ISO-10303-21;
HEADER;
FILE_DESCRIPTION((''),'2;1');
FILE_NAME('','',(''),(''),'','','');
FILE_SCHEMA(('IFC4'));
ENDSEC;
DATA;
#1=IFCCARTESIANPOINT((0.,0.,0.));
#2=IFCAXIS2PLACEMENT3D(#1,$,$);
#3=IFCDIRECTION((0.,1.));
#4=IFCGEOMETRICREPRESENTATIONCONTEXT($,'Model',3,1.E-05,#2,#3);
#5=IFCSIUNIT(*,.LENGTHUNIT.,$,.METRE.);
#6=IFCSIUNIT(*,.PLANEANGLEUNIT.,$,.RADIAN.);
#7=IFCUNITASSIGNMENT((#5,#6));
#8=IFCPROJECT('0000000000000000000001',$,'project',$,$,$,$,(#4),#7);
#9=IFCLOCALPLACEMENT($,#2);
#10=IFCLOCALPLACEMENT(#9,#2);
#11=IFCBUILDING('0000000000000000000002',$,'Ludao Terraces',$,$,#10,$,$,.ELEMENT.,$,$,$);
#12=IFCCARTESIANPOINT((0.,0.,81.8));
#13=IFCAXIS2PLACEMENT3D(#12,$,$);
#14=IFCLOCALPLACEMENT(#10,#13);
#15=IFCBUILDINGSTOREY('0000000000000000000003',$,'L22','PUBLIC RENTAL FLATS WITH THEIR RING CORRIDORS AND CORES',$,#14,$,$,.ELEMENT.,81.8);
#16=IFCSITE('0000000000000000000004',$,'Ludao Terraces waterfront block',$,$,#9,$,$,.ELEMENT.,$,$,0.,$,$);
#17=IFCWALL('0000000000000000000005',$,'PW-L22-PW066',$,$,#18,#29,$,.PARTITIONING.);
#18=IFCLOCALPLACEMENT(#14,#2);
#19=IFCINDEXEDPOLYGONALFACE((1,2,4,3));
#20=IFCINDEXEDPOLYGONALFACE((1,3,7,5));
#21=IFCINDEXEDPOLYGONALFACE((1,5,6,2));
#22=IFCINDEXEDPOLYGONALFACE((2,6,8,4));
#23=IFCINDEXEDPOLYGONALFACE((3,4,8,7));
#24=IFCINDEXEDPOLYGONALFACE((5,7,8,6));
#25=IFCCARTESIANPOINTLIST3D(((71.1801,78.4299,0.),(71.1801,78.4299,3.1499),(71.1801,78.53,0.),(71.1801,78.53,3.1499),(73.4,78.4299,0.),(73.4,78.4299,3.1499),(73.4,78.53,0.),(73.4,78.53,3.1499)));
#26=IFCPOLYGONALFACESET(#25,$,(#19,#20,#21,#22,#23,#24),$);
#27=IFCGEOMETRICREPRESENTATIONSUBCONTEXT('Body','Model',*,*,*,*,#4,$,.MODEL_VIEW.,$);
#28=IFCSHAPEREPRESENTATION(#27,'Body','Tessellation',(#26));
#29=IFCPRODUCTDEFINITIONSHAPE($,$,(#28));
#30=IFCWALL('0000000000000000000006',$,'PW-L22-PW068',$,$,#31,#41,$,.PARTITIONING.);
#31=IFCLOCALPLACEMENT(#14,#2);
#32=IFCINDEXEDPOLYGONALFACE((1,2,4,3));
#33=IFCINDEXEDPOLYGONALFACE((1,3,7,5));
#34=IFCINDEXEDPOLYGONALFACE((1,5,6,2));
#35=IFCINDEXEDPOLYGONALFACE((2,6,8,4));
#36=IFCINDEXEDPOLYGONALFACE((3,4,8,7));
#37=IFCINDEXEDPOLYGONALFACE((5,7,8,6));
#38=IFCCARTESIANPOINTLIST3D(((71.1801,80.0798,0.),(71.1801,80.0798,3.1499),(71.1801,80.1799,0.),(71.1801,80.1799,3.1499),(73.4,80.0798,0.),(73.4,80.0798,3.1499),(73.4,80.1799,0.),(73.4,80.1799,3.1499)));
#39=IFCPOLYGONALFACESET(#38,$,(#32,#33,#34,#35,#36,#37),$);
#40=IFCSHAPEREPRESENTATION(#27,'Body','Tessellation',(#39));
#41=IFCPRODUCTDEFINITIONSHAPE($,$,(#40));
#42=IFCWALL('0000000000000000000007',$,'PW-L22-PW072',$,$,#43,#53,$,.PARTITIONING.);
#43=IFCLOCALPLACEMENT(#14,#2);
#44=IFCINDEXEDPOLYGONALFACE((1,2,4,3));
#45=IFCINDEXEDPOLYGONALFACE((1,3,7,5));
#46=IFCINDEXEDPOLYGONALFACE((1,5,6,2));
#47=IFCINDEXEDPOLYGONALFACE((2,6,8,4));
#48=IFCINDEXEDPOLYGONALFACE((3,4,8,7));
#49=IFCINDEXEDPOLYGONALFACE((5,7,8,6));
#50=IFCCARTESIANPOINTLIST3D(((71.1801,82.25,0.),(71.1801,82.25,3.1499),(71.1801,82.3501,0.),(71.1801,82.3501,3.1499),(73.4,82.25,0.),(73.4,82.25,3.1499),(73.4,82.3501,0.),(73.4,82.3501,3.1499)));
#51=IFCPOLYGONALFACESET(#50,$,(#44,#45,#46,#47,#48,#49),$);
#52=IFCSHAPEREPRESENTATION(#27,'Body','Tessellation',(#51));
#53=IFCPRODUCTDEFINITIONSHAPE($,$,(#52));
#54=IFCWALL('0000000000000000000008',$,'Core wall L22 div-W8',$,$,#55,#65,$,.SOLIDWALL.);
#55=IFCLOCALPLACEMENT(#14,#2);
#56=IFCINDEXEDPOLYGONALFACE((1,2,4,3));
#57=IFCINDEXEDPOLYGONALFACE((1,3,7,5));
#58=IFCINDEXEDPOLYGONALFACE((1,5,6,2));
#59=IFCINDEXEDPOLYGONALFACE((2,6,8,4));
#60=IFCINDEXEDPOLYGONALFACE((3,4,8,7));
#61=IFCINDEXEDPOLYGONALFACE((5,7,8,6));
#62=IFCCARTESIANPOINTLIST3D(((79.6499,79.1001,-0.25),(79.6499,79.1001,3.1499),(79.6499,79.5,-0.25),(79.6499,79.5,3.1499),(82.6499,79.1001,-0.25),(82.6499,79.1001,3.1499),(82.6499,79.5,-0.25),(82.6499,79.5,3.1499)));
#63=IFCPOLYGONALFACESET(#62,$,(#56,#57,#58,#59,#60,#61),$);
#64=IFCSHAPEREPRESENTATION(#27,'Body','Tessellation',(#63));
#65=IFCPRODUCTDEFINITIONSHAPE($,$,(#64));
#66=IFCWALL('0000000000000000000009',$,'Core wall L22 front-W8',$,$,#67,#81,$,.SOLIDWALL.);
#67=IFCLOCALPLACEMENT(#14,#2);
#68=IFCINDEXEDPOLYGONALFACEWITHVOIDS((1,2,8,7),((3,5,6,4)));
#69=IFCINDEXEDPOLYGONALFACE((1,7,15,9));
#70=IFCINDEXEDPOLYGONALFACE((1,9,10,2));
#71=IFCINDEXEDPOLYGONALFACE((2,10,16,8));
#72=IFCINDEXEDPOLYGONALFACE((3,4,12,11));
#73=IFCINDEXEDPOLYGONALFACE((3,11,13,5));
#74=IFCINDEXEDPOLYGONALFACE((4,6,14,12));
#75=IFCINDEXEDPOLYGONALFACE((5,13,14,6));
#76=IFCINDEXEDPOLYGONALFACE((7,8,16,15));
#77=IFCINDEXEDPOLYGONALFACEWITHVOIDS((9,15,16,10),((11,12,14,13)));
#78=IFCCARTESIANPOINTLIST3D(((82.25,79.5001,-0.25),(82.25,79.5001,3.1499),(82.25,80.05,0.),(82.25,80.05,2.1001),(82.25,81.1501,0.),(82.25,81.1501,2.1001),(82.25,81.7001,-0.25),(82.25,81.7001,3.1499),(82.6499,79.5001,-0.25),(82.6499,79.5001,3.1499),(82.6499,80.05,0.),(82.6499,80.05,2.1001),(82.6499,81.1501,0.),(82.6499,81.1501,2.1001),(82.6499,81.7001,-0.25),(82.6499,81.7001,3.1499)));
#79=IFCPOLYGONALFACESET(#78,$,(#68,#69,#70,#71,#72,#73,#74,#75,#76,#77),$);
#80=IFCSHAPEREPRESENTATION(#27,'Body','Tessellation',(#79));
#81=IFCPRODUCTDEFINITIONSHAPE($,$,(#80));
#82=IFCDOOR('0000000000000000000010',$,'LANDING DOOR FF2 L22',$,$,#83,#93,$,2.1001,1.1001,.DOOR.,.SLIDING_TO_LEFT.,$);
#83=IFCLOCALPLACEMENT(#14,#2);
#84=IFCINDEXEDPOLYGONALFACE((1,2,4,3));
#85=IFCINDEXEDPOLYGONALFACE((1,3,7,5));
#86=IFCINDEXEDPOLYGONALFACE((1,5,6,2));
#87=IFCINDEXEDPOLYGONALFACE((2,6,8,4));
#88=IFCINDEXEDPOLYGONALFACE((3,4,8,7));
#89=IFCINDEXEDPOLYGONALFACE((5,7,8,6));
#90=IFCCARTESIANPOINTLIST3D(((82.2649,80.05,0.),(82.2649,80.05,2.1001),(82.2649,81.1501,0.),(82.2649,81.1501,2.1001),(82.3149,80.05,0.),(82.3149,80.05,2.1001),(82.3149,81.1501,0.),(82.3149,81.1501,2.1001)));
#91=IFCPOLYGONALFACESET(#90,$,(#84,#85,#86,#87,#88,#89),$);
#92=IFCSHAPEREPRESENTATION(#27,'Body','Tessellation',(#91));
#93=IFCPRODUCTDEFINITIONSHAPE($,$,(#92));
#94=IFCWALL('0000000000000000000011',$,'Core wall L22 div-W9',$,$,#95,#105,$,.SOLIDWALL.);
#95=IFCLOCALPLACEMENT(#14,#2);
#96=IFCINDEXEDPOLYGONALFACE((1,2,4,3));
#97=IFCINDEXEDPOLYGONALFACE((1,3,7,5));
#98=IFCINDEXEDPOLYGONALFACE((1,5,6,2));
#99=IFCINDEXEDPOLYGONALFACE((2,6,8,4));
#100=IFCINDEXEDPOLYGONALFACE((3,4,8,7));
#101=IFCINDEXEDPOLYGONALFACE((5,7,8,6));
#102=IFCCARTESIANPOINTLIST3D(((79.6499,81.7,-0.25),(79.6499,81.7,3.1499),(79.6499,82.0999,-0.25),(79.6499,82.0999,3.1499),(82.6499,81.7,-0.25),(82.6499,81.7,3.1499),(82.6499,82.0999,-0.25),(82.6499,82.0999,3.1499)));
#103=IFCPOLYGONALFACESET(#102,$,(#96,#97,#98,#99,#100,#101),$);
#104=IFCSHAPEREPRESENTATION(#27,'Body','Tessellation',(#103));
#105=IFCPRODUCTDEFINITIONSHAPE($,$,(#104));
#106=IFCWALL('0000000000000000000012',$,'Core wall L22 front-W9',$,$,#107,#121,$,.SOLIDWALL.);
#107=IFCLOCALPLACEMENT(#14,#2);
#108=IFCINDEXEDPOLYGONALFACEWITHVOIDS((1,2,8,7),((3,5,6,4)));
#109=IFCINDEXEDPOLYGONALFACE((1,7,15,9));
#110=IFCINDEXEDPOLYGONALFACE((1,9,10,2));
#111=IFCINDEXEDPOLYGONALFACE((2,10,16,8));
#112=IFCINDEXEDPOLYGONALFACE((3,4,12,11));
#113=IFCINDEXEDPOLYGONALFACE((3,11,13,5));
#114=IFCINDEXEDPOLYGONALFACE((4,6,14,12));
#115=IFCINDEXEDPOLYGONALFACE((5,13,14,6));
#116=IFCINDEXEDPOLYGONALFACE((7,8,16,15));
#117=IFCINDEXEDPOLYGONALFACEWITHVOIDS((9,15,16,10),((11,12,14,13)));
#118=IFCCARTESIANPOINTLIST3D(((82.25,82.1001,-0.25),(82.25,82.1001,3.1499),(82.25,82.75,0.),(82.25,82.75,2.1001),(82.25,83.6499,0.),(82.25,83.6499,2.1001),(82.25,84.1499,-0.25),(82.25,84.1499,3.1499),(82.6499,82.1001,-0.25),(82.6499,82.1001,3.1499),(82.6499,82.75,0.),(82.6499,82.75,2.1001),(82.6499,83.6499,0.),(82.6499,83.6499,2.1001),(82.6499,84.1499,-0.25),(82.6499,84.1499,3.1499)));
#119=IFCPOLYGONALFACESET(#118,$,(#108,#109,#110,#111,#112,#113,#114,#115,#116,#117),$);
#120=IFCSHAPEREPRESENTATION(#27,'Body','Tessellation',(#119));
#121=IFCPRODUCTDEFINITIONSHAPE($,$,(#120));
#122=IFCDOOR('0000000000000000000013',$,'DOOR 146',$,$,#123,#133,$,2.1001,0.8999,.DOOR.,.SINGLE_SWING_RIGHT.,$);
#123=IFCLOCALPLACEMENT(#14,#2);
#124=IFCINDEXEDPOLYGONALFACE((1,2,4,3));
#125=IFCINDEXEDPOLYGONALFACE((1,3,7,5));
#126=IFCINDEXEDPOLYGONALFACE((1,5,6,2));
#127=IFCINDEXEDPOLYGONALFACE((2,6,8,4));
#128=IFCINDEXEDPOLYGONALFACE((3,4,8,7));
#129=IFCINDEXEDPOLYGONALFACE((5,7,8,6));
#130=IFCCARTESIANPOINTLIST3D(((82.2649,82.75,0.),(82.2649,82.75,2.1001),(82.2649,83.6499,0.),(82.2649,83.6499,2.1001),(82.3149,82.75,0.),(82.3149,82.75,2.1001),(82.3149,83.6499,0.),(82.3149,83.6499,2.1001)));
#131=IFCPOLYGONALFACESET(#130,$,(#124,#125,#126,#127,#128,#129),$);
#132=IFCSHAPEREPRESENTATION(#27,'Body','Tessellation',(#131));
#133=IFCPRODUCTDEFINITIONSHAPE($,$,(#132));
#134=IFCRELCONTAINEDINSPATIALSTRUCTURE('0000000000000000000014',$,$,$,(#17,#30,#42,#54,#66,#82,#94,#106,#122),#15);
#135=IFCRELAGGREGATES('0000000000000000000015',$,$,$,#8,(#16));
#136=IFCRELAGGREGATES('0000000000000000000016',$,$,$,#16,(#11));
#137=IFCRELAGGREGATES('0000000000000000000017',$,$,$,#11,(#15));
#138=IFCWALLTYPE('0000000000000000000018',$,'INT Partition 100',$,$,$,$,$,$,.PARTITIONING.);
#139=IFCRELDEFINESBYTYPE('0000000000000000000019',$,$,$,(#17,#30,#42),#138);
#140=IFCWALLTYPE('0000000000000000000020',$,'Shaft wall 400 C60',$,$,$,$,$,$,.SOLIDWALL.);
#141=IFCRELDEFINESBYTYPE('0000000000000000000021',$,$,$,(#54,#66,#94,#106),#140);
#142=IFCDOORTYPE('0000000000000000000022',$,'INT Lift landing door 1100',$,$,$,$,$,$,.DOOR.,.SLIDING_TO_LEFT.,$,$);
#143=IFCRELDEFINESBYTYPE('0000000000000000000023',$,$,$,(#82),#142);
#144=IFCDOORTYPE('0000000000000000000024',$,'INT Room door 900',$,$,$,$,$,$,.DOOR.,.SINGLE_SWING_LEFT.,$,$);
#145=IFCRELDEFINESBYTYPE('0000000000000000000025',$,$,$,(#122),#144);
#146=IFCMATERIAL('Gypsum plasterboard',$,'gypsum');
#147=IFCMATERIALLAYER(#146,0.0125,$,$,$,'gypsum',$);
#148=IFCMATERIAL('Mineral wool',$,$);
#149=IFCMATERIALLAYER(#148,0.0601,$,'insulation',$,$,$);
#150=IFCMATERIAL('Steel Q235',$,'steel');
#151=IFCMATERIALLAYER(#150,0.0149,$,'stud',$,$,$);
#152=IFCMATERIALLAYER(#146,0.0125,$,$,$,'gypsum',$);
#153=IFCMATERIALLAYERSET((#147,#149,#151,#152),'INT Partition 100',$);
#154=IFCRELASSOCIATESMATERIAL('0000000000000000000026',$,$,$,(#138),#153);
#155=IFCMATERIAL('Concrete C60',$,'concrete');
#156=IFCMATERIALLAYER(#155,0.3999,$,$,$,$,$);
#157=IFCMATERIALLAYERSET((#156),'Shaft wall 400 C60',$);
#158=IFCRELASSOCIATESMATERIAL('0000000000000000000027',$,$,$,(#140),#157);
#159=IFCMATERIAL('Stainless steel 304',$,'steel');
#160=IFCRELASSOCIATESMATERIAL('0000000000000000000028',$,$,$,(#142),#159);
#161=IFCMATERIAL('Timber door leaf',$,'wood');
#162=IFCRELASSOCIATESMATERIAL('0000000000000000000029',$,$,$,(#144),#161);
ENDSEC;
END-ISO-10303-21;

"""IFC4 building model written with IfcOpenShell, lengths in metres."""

from ifc_helpers import new_model, si_unit, direction, frame, frame_2d, origin, place, context, subcontext, project, spatial, rectangle, extrude, material, layer, layer_set, type_object, element, fill, save


model = new_model("IFC4")

# Units and contexts
model_context = context("Model", 3, precision=1e-05, world=origin(), true_north=direction((0.0, 1.0)))
body_context = subcontext(model_context, "Body", "Model", "MODEL_VIEW")
ifc_project = project(units=[si_unit("LENGTHUNIT", "METRE"), si_unit("PLANEANGLEUNIT", "RADIAN")], contexts=[model_context])

# Site, building, storey
site_placement = place(None, origin())
site = spatial("IfcSite", under=ifc_project, at=site_placement, Name="Ludao Terraces waterfront block", CompositionType="ELEMENT", RefElevation=0.0)
building_placement = place(site_placement, origin())
building = spatial("IfcBuilding", under=site, at=building_placement, Name="Ludao Terraces", CompositionType="ELEMENT")
storey_placement = place(building_placement, frame((0.0, 0.0, 81.8)))
storey = spatial("IfcBuildingStorey", under=building, at=storey_placement, Name="L22", Description="PUBLIC RENTAL FLATS WITH THEIR RING CORRIDORS AND CORES", CompositionType="ELEMENT", Elevation=81.8)

# Walls
ifc_material_1 = material(Name="Gypsum plasterboard", Category="gypsum")
ifc_layer_1 = layer(ifc_material_1, 0.0125, Category="gypsum")
ifc_material_2 = material(Name="Mineral wool")
ifc_layer_2 = layer(ifc_material_2, 0.0601, Name="insulation")
ifc_material_3 = material(Name="Steel Q235", Category="steel")
ifc_layer_3 = layer(ifc_material_3, 0.0149, Name="stud")
ifc_layer_4 = layer(ifc_material_1, 0.0125, Category="gypsum")
ifc_layer_set_1 = layer_set([ifc_layer_1, ifc_layer_2, ifc_layer_3, ifc_layer_4], Name="INT Partition 100")
wall_type_1 = type_object("IfcWallType", Name="INT Partition 100", PredefinedType="PARTITIONING", material=ifc_layer_set_1)
for number, where, z_axis, x_axis, name in (
    (1, (71.1802, 78.48, 0.0), (0.0, 0.0, 1.0), (1.0, 0.0, 0.0), "PW-L22-PW066"),
    (2, (71.1802, 80.1299, 0.0), (0.0, 0.0, 1.0), (1.0, 0.0, 0.0), "PW-L22-PW068"),
    (3, (71.1802, 82.3, 0.0), (0.0, 0.0, 1.0), (1.0, 0.0, 0.0), "PW-L22-PW072"),
):
    element("IfcWall", number, at=place(storey_placement, frame(where, z_axis=z_axis, x_axis=x_axis)), inside=storey, type_object=wall_type_1, Name=name, PredefinedType="PARTITIONING", context=body_context, shape_type="SweptSolid", body=[
        extrude(rectangle(XDim=2.22, YDim=0.1001, at=frame_2d((1.1099, 0.0))), origin(), (0.0, 0.0, 1.0), 3.1499),
    ])
ifc_material_4 = material(Name="Concrete C60", Category="concrete")
ifc_layer_5 = layer(ifc_material_4, 0.3999)
ifc_layer_set_2 = layer_set([ifc_layer_5], Name="Shaft wall 400 C60")
wall_type_2 = type_object("IfcWallType", Name="Shaft wall 400 C60", PredefinedType="SOLIDWALL", material=ifc_layer_set_2)
wall_1_placement = place(storey_placement, frame((79.6499, 79.3, -0.25), z_axis=(0.0, 0.0, 1.0), x_axis=(1.0, 0.0, 0.0)))
element("IfcWall", 4, at=wall_1_placement, inside=storey, type_object=wall_type_2, Name="Core wall L22 div-W8", PredefinedType="SOLIDWALL", context=body_context, shape_type="SweptSolid", body=[
    extrude(rectangle(XDim=3.0, YDim=0.3999, at=frame_2d((1.5, 0.0))), origin(), (0.0, 0.0, 1.0), 3.3999),
])

# Wall, opening, door
wall_2_placement = place(storey_placement, frame((82.45, 79.5, -0.25), z_axis=(0.0, 0.0, 1.0), x_axis=(0.0, 1.0, 0.0)))
wall_2 = element("IfcWall", 5, at=wall_2_placement, inside=storey, type_object=wall_type_2, Name="Core wall L22 front-W8", PredefinedType="SOLIDWALL", context=body_context, shape_type="SweptSolid", body=[
    extrude(rectangle(XDim=2.2, YDim=0.3999, at=frame_2d((1.1001, 0.0))), origin(), (0.0, 0.0, 1.0), 3.3999),
])
opening_1_placement = place(wall_2_placement, frame((0.55, 0.0, 0.25)))
opening_1 = element("IfcOpeningElement", 6, at=opening_1_placement, cuts=wall_2, PredefinedType="OPENING", context=body_context, shape_type="SweptSolid", body=[
    extrude(rectangle(XDim=1.1001, YDim=2.1001, at=frame_2d((0.55, 1.05))), frame((0.0, 0.21, 0.0), z_axis=(0.0, -1.0, 0.0), x_axis=(1.0, 0.0, 0.0)), (0.0, 0.0, 1.0), 0.4199),
])
ifc_material_5 = material(Name="Stainless steel 304", Category="steel")
door_type_1 = type_object("IfcDoorType", Name="INT Lift landing door 1100", OperationType="SLIDING_TO_LEFT", PredefinedType="DOOR", material=ifc_material_5)
door_1_placement = place(opening_1_placement, origin())
door_1 = element("IfcDoor", 7, at=door_1_placement, inside=storey, type_object=door_type_1, Name="LANDING DOOR FF2 L22", OperationType="SLIDING_TO_LEFT", OverallHeight=2.1001, OverallWidth=1.1001, PredefinedType="DOOR", context=body_context, shape_type="SweptSolid", body=[
    extrude(rectangle(XDim=1.1001, YDim=2.1001, at=frame_2d((0.55, 1.05))), frame((0.0, 0.1851, 0.0), z_axis=(0.0, -1.0, 0.0), x_axis=(1.0, 0.0, 0.0)), (0.0, 0.0, 1.0), 0.05),
])
fill(opening_1, door_1)

# Wall
wall_3_placement = place(storey_placement, frame((79.6499, 81.8999, -0.25), z_axis=(0.0, 0.0, 1.0), x_axis=(1.0, 0.0, 0.0)))
element("IfcWall", 8, at=wall_3_placement, inside=storey, type_object=wall_type_2, Name="Core wall L22 div-W9", PredefinedType="SOLIDWALL", context=body_context, shape_type="SweptSolid", body=[
    extrude(rectangle(XDim=3.0, YDim=0.3999, at=frame_2d((1.5, 0.0))), origin(), (0.0, 0.0, 1.0), 3.3999),
])

# Wall, opening, door
wall_4_placement = place(storey_placement, frame((82.45, 82.1001, -0.25), z_axis=(0.0, 0.0, 1.0), x_axis=(0.0, 1.0, 0.0)))
wall_4 = element("IfcWall", 9, at=wall_4_placement, inside=storey, type_object=wall_type_2, Name="Core wall L22 front-W9", PredefinedType="SOLIDWALL", context=body_context, shape_type="SweptSolid", body=[
    extrude(rectangle(XDim=2.0498, YDim=0.3999, at=frame_2d((1.0249, 0.0))), origin(), (0.0, 0.0, 1.0), 3.3999),
])
opening_2_placement = place(wall_4_placement, frame((0.6499, 0.0, 0.25)))
opening_2 = element("IfcOpeningElement", 10, at=opening_2_placement, cuts=wall_4, PredefinedType="OPENING", context=body_context, shape_type="SweptSolid", body=[
    extrude(rectangle(XDim=0.8999, YDim=2.1001, at=frame_2d((0.45, 1.05))), frame((0.0, 0.21, 0.0), z_axis=(0.0, -1.0, 0.0), x_axis=(1.0, 0.0, 0.0)), (0.0, 0.0, 1.0), 0.4199),
])
ifc_material_6 = material(Name="Timber door leaf", Category="wood")
door_type_2 = type_object("IfcDoorType", Name="INT Room door 900", OperationType="SINGLE_SWING_LEFT", PredefinedType="DOOR", material=ifc_material_6)
door_2_placement = place(opening_2_placement, origin())
door_2 = element("IfcDoor", 11, at=door_2_placement, inside=storey, type_object=door_type_2, Name="DOOR 146", OperationType="SINGLE_SWING_RIGHT", OverallHeight=2.1001, OverallWidth=0.8999, PredefinedType="DOOR", context=body_context, shape_type="SweptSolid", body=[
    extrude(rectangle(XDim=0.8999, YDim=2.1001, at=frame_2d((0.45, 1.05))), frame((0.0, 0.1851, 0.0), z_axis=(0.0, -1.0, 0.0), x_axis=(1.0, 0.0, 0.0)), (0.0, 0.0, 1.0), 0.05),
])
fill(opening_2, door_2)

save(model, "model.ifc")
